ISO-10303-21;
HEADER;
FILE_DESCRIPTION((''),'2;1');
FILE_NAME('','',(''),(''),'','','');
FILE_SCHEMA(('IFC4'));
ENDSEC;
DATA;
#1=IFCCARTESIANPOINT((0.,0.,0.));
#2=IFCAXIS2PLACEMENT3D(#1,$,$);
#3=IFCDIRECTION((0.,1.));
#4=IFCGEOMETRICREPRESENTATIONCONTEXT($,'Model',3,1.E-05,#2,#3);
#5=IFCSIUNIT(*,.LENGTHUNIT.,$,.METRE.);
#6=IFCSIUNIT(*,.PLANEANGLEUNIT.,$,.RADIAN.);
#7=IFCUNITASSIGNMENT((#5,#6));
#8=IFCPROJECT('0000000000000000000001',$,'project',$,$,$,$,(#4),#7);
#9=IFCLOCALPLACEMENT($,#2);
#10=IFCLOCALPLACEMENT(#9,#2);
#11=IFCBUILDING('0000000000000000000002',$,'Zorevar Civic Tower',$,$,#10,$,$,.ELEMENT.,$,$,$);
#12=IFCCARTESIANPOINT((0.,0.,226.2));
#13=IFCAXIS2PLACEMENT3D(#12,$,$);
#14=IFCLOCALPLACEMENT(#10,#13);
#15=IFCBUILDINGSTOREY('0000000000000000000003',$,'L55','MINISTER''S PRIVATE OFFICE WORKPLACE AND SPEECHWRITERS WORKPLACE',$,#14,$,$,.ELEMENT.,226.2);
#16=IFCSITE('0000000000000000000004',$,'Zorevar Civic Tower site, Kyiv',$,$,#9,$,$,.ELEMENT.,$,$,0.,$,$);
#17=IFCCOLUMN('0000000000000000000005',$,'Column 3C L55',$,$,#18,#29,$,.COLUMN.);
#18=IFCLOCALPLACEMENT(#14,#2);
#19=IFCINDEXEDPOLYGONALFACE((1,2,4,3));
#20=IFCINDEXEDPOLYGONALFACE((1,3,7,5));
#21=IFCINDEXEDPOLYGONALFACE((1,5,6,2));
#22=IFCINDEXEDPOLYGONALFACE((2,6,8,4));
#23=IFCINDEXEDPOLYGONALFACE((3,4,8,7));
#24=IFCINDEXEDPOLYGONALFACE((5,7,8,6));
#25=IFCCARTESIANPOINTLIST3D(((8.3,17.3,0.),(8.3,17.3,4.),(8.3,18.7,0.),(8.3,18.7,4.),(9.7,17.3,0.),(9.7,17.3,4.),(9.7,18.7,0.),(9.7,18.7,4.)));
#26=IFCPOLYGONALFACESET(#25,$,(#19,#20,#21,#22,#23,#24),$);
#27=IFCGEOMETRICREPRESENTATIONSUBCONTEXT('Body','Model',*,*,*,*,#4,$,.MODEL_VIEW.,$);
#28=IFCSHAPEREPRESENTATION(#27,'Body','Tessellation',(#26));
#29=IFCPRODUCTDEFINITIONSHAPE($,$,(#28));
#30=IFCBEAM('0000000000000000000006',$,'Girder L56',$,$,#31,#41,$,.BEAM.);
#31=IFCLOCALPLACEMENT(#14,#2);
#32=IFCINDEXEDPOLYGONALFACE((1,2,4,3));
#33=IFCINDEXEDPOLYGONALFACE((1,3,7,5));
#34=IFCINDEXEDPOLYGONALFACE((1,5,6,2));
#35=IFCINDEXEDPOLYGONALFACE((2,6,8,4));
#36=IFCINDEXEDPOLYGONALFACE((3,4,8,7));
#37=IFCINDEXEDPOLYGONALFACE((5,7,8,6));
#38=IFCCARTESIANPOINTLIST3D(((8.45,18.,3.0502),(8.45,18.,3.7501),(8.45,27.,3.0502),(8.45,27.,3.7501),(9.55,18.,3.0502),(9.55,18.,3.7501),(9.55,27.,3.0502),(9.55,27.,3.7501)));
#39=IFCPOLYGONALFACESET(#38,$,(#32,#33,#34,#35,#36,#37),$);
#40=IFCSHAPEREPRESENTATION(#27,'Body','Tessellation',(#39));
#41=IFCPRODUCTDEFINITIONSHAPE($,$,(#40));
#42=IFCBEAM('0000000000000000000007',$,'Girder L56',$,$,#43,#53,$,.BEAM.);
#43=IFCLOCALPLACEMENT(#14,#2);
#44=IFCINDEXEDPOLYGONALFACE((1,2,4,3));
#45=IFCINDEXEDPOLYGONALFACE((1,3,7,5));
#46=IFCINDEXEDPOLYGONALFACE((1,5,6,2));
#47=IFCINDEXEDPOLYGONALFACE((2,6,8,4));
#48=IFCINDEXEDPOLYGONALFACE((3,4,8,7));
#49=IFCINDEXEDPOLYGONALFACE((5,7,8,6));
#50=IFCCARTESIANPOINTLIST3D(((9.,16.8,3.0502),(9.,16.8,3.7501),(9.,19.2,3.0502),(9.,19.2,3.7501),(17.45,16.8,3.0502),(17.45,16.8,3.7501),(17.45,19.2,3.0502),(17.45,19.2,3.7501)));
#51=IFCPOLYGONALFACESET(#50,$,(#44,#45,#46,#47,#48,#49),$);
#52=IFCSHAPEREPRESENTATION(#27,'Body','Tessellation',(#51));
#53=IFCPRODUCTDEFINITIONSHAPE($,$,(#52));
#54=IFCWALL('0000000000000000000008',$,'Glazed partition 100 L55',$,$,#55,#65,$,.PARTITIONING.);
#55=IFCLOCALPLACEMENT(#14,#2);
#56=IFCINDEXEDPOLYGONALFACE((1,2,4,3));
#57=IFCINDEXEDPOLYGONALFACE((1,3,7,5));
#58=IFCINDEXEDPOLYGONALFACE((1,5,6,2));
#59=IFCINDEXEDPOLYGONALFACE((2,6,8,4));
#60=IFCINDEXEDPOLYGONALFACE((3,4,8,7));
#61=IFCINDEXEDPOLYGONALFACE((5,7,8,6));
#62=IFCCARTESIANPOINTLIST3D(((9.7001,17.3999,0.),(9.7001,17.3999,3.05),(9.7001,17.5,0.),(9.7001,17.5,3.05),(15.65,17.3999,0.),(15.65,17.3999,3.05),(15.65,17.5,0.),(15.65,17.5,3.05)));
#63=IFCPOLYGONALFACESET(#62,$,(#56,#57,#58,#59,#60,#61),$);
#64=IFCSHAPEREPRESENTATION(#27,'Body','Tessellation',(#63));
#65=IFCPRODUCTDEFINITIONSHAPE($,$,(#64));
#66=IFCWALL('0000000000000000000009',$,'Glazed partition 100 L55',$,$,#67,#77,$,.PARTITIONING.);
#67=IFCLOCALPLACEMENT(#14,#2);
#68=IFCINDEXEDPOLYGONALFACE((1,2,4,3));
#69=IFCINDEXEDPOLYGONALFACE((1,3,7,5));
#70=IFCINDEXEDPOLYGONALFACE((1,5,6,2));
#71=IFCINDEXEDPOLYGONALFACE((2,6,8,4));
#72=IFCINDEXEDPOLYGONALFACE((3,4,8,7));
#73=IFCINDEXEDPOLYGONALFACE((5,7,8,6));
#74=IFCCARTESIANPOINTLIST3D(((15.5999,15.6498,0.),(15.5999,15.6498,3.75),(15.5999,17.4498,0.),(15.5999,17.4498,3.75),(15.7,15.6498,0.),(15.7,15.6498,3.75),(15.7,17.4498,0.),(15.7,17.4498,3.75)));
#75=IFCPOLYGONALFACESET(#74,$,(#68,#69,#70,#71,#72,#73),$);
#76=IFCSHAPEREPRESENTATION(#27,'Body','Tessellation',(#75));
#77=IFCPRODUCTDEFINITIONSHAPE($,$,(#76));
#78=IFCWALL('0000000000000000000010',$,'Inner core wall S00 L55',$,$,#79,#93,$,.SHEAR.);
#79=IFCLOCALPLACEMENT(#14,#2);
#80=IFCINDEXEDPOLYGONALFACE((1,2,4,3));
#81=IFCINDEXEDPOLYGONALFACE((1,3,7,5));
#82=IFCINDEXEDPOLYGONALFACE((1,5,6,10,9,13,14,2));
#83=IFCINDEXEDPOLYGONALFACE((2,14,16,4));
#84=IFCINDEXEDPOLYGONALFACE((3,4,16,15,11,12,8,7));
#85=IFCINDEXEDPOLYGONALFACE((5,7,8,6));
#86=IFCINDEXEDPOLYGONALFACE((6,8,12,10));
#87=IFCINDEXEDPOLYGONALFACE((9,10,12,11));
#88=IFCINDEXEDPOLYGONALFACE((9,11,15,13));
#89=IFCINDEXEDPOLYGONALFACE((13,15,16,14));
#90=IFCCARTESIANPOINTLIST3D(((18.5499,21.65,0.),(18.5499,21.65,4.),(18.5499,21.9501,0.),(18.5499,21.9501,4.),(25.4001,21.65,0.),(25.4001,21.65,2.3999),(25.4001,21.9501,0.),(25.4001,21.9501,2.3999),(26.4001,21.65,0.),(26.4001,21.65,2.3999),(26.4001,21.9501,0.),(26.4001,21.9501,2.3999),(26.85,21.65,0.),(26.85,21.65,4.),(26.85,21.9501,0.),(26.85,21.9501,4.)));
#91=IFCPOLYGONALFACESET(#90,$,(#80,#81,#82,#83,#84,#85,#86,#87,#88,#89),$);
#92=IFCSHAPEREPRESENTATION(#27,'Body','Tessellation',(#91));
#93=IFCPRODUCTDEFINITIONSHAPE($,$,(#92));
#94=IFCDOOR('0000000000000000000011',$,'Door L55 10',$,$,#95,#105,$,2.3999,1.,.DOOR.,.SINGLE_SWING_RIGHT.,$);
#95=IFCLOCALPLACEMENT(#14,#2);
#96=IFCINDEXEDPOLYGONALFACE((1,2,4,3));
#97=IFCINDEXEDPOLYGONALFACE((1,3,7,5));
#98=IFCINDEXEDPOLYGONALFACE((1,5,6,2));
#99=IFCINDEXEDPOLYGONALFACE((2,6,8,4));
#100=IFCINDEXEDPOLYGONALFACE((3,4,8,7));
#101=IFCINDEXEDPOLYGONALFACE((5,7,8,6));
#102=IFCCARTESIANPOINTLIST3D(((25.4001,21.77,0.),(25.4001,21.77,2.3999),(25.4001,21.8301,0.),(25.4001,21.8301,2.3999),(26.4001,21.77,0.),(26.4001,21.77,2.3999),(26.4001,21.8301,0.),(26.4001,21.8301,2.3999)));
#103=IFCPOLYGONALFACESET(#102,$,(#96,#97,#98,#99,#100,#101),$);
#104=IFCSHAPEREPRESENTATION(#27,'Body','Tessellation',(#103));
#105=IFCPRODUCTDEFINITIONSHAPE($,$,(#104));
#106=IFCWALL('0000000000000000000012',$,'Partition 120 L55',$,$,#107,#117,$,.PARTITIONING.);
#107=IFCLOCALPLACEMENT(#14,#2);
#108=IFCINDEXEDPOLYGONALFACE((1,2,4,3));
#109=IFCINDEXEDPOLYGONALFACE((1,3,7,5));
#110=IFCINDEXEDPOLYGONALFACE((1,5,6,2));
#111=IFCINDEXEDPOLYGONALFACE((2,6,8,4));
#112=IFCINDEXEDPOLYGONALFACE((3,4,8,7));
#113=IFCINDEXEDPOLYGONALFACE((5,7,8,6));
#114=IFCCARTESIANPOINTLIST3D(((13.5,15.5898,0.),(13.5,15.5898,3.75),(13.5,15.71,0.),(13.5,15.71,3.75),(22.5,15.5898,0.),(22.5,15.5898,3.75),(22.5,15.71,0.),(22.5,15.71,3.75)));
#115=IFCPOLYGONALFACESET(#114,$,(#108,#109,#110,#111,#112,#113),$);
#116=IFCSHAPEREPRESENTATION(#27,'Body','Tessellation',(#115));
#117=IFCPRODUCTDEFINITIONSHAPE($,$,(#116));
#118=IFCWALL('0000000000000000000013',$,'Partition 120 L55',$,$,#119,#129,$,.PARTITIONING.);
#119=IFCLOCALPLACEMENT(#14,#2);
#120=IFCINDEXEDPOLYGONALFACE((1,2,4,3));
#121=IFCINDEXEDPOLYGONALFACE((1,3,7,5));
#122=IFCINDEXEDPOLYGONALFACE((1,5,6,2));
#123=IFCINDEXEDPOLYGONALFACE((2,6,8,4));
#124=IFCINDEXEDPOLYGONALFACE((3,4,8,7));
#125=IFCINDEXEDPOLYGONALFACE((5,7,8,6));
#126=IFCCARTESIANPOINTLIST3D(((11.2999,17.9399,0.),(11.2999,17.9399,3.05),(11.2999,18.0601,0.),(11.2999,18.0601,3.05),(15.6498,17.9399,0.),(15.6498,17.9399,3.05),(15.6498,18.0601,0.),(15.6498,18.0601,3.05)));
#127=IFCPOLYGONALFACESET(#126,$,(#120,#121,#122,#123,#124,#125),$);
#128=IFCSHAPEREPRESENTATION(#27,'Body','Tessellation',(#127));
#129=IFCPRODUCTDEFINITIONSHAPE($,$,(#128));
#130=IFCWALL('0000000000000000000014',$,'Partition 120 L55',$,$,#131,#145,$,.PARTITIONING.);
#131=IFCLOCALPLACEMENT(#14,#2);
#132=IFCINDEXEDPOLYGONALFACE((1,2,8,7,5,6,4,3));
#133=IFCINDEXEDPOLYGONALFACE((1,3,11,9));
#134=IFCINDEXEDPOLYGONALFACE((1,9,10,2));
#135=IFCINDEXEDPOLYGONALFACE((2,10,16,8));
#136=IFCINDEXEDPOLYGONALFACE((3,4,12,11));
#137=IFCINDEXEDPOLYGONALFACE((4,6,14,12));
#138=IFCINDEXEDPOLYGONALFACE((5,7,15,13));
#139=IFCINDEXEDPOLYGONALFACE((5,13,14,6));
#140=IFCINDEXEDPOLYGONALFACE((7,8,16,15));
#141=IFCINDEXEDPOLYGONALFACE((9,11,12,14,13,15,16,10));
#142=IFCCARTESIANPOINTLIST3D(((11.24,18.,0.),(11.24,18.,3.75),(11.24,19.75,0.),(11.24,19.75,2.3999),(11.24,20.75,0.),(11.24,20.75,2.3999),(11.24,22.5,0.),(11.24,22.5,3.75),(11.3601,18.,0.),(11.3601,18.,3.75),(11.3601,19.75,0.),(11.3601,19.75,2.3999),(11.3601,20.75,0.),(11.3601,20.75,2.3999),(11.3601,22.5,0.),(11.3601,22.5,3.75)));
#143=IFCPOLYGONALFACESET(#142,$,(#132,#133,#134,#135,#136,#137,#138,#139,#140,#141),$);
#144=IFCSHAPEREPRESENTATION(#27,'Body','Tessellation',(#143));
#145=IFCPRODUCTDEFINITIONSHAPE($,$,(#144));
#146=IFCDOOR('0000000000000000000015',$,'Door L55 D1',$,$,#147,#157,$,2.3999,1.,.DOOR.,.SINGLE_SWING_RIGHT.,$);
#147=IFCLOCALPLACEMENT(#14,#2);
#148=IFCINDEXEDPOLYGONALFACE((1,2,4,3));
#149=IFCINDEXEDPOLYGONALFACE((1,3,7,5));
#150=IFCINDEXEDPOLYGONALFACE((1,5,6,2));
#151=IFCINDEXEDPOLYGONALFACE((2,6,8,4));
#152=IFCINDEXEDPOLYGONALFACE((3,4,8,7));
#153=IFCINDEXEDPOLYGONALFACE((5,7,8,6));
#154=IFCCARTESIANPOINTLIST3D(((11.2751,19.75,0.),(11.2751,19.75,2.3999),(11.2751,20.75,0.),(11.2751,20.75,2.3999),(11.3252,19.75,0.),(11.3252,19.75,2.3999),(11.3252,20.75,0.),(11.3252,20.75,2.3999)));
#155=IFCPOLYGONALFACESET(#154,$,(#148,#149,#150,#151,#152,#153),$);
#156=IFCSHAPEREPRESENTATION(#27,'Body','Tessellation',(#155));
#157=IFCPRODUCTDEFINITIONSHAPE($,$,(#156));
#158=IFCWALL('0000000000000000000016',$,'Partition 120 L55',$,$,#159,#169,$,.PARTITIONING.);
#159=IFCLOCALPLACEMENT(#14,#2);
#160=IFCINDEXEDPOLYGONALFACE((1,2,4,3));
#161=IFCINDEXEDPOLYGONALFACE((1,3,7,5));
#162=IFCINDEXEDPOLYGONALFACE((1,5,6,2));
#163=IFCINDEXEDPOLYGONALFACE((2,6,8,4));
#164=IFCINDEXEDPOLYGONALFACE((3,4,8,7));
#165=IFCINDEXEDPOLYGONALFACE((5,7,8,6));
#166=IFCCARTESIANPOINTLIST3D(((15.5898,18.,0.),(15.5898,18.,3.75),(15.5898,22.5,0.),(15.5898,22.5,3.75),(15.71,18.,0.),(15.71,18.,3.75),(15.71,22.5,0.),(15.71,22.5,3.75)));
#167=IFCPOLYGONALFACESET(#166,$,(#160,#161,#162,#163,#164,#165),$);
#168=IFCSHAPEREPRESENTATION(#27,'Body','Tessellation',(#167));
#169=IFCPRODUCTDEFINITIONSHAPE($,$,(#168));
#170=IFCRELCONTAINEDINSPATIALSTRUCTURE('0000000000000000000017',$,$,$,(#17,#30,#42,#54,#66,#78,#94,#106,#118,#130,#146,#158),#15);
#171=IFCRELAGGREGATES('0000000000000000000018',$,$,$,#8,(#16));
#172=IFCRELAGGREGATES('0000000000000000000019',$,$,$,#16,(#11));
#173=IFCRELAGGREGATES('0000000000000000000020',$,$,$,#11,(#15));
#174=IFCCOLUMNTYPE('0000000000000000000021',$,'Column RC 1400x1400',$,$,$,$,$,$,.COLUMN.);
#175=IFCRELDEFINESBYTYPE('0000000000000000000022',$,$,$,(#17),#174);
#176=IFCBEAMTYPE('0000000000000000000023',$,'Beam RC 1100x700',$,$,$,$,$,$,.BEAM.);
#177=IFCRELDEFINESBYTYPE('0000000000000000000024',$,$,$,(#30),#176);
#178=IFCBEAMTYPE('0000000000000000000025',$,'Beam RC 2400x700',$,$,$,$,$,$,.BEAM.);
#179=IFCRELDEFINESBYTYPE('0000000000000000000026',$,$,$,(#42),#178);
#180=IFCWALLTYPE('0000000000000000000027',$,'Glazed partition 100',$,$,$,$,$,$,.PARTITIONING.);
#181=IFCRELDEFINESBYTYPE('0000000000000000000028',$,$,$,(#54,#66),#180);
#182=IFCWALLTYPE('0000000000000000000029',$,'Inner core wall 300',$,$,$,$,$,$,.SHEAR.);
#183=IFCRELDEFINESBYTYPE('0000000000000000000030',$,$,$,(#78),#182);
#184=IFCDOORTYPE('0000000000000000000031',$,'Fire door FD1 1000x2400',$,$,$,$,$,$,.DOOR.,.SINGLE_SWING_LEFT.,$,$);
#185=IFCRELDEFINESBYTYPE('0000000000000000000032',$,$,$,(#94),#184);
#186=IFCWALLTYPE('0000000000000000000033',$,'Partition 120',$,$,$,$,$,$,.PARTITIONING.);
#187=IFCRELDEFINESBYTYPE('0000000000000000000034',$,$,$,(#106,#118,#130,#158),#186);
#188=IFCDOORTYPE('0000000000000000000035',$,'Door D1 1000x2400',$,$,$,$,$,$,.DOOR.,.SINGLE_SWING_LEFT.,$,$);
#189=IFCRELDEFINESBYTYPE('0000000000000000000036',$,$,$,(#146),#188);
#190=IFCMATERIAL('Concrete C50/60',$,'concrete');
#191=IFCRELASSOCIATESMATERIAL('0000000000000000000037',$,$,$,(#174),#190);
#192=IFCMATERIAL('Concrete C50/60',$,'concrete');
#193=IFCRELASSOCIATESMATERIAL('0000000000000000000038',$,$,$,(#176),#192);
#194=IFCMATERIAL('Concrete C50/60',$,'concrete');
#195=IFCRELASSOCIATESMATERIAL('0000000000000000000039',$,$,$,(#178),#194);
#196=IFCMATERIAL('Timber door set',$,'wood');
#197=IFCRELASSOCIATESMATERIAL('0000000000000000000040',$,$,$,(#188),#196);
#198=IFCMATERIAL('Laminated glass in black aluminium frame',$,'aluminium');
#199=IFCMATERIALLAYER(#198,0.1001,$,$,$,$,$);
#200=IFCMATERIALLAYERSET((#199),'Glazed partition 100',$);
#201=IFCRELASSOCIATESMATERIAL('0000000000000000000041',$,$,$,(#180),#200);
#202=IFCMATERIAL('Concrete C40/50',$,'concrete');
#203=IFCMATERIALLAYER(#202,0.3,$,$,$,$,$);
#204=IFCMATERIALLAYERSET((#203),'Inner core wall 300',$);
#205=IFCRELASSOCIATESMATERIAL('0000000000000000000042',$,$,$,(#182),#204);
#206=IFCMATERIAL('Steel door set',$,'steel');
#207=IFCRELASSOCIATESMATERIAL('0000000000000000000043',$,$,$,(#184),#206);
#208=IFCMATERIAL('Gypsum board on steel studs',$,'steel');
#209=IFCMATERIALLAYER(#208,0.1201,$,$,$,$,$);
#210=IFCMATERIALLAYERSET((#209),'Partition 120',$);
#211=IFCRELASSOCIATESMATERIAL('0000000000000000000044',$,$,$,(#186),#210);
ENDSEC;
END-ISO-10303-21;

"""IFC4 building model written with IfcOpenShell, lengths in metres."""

from ifc_helpers import new_model, si_unit, direction, frame, frame_2d, origin, origin_2d, place, context, subcontext, project, spatial, rectangle, extrude, material, layer, layer_set, material_profile, profile_set, type_object, element, fill, save


model = new_model("IFC4")

# Units and contexts
model_context = context("Model", 3, precision=1e-05, world=origin(), true_north=direction((0.0, 1.0)))
body_context = subcontext(model_context, "Body", "Model", "MODEL_VIEW")
ifc_project = project(units=[si_unit("LENGTHUNIT", "METRE"), si_unit("PLANEANGLEUNIT", "RADIAN")], contexts=[model_context])

# Site, building, storey
site_placement = place(None, origin())
site = spatial("IfcSite", under=ifc_project, at=site_placement, Name="Zorevar Civic Tower site, Kyiv", CompositionType="ELEMENT", RefElevation=0.0)
building_placement = place(site_placement, origin())
building = spatial("IfcBuilding", under=site, at=building_placement, Name="Zorevar Civic Tower", CompositionType="ELEMENT")
storey_placement = place(building_placement, frame((0.0, 0.0, 226.2)))
storey = spatial("IfcBuildingStorey", under=building, at=storey_placement, Name="L55", Description="MINISTER'S PRIVATE OFFICE WORKPLACE AND SPEECHWRITERS WORKPLACE", CompositionType="ELEMENT", Elevation=226.2)

# Column
ifc_material_1 = material(Name="Concrete C50/60", Category="concrete")
ifc_material_profile_1 = material_profile(ifc_material_1, rectangle(XDim=1.3999, YDim=1.3999, at=origin_2d()), Name="RC 1400x1400")
ifc_profile_set_1 = profile_set([ifc_material_profile_1], Name="Concrete C50/60")
column_type = type_object("IfcColumnType", Name="Column RC 1400x1400", PredefinedType="COLUMN", material=ifc_profile_set_1)
column_placement = place(storey_placement, frame((9.0, 18.0, 0.0), z_axis=(0.0, 0.0, 1.0), x_axis=(1.0, 0.0, 0.0)))
element("IfcColumn", 1, at=column_placement, inside=storey, type_object=column_type, Name="Column 3C L55", PredefinedType="COLUMN", context=body_context, shape_type="SweptSolid", body=[
    extrude(rectangle(XDim=1.3999, YDim=1.3999, at=origin_2d()), origin(), (0.0, 0.0, 1.0), 4.0),
])

# Beams
ifc_material_2 = material(Name="Concrete C50/60", Category="concrete")
ifc_material_profile_2 = material_profile(ifc_material_2, rectangle(XDim=1.1001, YDim=0.7, at=origin_2d()), Name="RC 1100x700")
ifc_profile_set_2 = profile_set([ifc_material_profile_2], Name="Concrete C50/60")
beam_type_1 = type_object("IfcBeamType", Name="Beam RC 1100x700", PredefinedType="BEAM", material=ifc_profile_set_2)
beam_1_placement = place(storey_placement, frame((9.0, 18.0, 3.4001), z_axis=(0.0, 1.0, 0.0), x_axis=(-1.0, 0.0, 0.0)))
element("IfcBeam", 2, at=beam_1_placement, inside=storey, type_object=beam_type_1, Name="Girder L56", PredefinedType="BEAM", context=body_context, shape_type="SweptSolid", body=[
    extrude(rectangle(XDim=1.1001, YDim=0.7, at=origin_2d()), origin(), (0.0, 0.0, 1.0), 9.0),
])
ifc_material_3 = material(Name="Concrete C50/60", Category="concrete")
ifc_material_profile_3 = material_profile(ifc_material_3, rectangle(XDim=2.3999, YDim=0.7, at=origin_2d()), Name="RC 2400x700")
ifc_profile_set_3 = profile_set([ifc_material_profile_3], Name="Concrete C50/60")
beam_type_2 = type_object("IfcBeamType", Name="Beam RC 2400x700", PredefinedType="BEAM", material=ifc_profile_set_3)
beam_2_placement = place(storey_placement, frame((9.0, 18.0, 3.4001), z_axis=(1.0, 0.0, 0.0), x_axis=(0.0, 1.0, 0.0)))
element("IfcBeam", 3, at=beam_2_placement, inside=storey, type_object=beam_type_2, Name="Girder L56", PredefinedType="BEAM", context=body_context, shape_type="SweptSolid", body=[
    extrude(rectangle(XDim=2.3999, YDim=0.7, at=origin_2d()), origin(), (0.0, 0.0, 1.0), 8.45),
])

# Shared definitions
ifc_material_4 = material(Name="Timber door set", Category="wood")
door_type_1 = type_object("IfcDoorType", Name="Door D1 1000x2400", OperationType="SINGLE_SWING_LEFT", PredefinedType="DOOR", material=ifc_material_4)

# Walls
ifc_material_5 = material(Name="Laminated glass in black aluminium frame", Category="aluminium")
ifc_layer_1 = layer(ifc_material_5, 0.1001)
ifc_layer_set_1 = layer_set([ifc_layer_1], Name="Glazed partition 100")
wall_type_1 = type_object("IfcWallType", Name="Glazed partition 100", PredefinedType="PARTITIONING", material=ifc_layer_set_1)
wall_1_placement = place(storey_placement, frame((9.7, 17.45, 0.0), z_axis=(0.0, 0.0, 1.0), x_axis=(1.0, 0.0, 0.0)))
element("IfcWall", 4, at=wall_1_placement, inside=storey, type_object=wall_type_1, Name="Glazed partition 100 L55", PredefinedType="PARTITIONING", context=body_context, shape_type="SweptSolid", body=[
    extrude(rectangle(XDim=5.95, YDim=0.1001, at=frame_2d((2.9751, 0.0))), origin(), (0.0, 0.0, 1.0), 3.05),
])
wall_2_placement = place(storey_placement, frame((15.6499, 15.6499, 0.0), z_axis=(0.0, 0.0, 1.0), x_axis=(0.0, 1.0, 0.0)))
element("IfcWall", 5, at=wall_2_placement, inside=storey, type_object=wall_type_1, Name="Glazed partition 100 L55", PredefinedType="PARTITIONING", context=body_context, shape_type="SweptSolid", body=[
    extrude(rectangle(XDim=1.8, YDim=0.1001, at=frame_2d((0.8999, 0.0))), origin(), (0.0, 0.0, 1.0), 3.75),
])

# Wall, opening, door
ifc_material_6 = material(Name="Concrete C40/50", Category="concrete")
ifc_layer_2 = layer(ifc_material_6, 0.3)
ifc_layer_set_2 = layer_set([ifc_layer_2], Name="Inner core wall 300")
wall_type_2 = type_object("IfcWallType", Name="Inner core wall 300", PredefinedType="SHEAR", material=ifc_layer_set_2)
wall_3_placement = place(storey_placement, frame((18.55, 21.8, 0.0), z_axis=(0.0, 0.0, 1.0), x_axis=(1.0, 0.0, 0.0)))
wall_3 = element("IfcWall", 6, at=wall_3_placement, inside=storey, type_object=wall_type_2, Name="Inner core wall S00 L55", PredefinedType="SHEAR", context=body_context, shape_type="SweptSolid", body=[
    extrude(rectangle(XDim=8.3, YDim=0.3, at=frame_2d((4.1499, 0.0))), origin(), (0.0, 0.0, 1.0), 4.0),
])
opening_1_placement = place(wall_3_placement, frame((6.8501, 0.0, 0.0)))
opening_1 = element("IfcOpeningElement", 7, at=opening_1_placement, cuts=wall_3, PredefinedType="OPENING", context=body_context, shape_type="SweptSolid", body=[
    extrude(rectangle(XDim=1.0, YDim=2.3999, at=frame_2d((0.5, 1.2))), frame((0.0, 0.1599, 0.0), z_axis=(0.0, -1.0, 0.0), x_axis=(1.0, 0.0, 0.0)), (0.0, 0.0, 1.0), 0.3201),
])
ifc_material_7 = material(Name="Steel door set", Category="steel")
door_type_2 = type_object("IfcDoorType", Name="Fire door FD1 1000x2400", OperationType="SINGLE_SWING_LEFT", PredefinedType="DOOR", material=ifc_material_7)
door_1_placement = place(opening_1_placement, origin())
door_1 = element("IfcDoor", 8, at=door_1_placement, inside=storey, type_object=door_type_2, Name="Door L55 10", OperationType="SINGLE_SWING_RIGHT", OverallHeight=2.3999, OverallWidth=1.0, PredefinedType="DOOR", context=body_context, shape_type="SweptSolid", body=[
    extrude(rectangle(XDim=1.0, YDim=2.3999, at=frame_2d((0.5, 1.2))), frame((0.0, 0.03, 0.0), z_axis=(0.0, -1.0, 0.0), x_axis=(1.0, 0.0, 0.0)), (0.0, 0.0, 1.0), 0.0601),
])
fill(opening_1, door_1)

# Walls
ifc_material_8 = material(Name="Gypsum board on steel studs", Category="steel")
ifc_layer_3 = layer(ifc_material_8, 0.1201)
ifc_layer_set_3 = layer_set([ifc_layer_3], Name="Partition 120")
wall_type_3 = type_object("IfcWallType", Name="Partition 120", PredefinedType="PARTITIONING", material=ifc_layer_set_3)
wall_4_placement = place(storey_placement, frame((13.5, 15.6499, 0.0), z_axis=(0.0, 0.0, 1.0), x_axis=(1.0, 0.0, 0.0)))
element("IfcWall", 9, at=wall_4_placement, inside=storey, type_object=wall_type_3, Name="Partition 120 L55", PredefinedType="PARTITIONING", context=body_context, shape_type="SweptSolid", body=[
    extrude(rectangle(XDim=9.0, YDim=0.1201, at=frame_2d((4.5, 0.0))), origin(), (0.0, 0.0, 1.0), 3.75),
])
wall_5_placement = place(storey_placement, frame((11.3, 18.0, 0.0), z_axis=(0.0, 0.0, 1.0), x_axis=(1.0, 0.0, 0.0)))
element("IfcWall", 10, at=wall_5_placement, inside=storey, type_object=wall_type_3, Name="Partition 120 L55", PredefinedType="PARTITIONING", context=body_context, shape_type="SweptSolid", body=[
    extrude(rectangle(XDim=4.3499, YDim=0.1201, at=frame_2d((2.1748, 0.0))), origin(), (0.0, 0.0, 1.0), 3.05),
])

# Wall, opening, door
wall_6_placement = place(storey_placement, frame((11.3, 18.0, 0.0), z_axis=(0.0, 0.0, 1.0), x_axis=(0.0, 1.0, 0.0)))
wall_6 = element("IfcWall", 11, at=wall_6_placement, inside=storey, type_object=wall_type_3, Name="Partition 120 L55", PredefinedType="PARTITIONING", context=body_context, shape_type="SweptSolid", body=[
    extrude(rectangle(XDim=4.5, YDim=0.1201, at=frame_2d((2.25, 0.0))), origin(), (0.0, 0.0, 1.0), 3.75),
])
opening_2_placement = place(wall_6_placement, frame((1.75, 0.0, 0.0)))
opening_2 = element("IfcOpeningElement", 12, at=opening_2_placement, cuts=wall_6, PredefinedType="OPENING", context=body_context, shape_type="SweptSolid", body=[
    extrude(rectangle(XDim=1.0, YDim=2.3999, at=frame_2d((0.5, 1.2))), frame((0.0, 0.0701, 0.0), z_axis=(0.0, -1.0, 0.0), x_axis=(1.0, 0.0, 0.0)), (0.0, 0.0, 1.0), 0.1401),
])
door_2_placement = place(opening_2_placement, origin())
door_2 = element("IfcDoor", 13, at=door_2_placement, inside=storey, type_object=door_type_1, Name="Door L55 D1", OperationType="SINGLE_SWING_RIGHT", OverallHeight=2.3999, OverallWidth=1.0, PredefinedType="DOOR", context=body_context, shape_type="SweptSolid", body=[
    extrude(rectangle(XDim=1.0, YDim=2.3999, at=frame_2d((0.5, 1.2))), frame((0.0, 0.0249, 0.0), z_axis=(0.0, -1.0, 0.0), x_axis=(1.0, 0.0, 0.0)), (0.0, 0.0, 1.0), 0.05),
])
fill(opening_2, door_2)

# Wall
wall_7_placement = place(storey_placement, frame((15.6499, 18.0, 0.0), z_axis=(0.0, 0.0, 1.0), x_axis=(0.0, 1.0, 0.0)))
element("IfcWall", 14, at=wall_7_placement, inside=storey, type_object=wall_type_3, Name="Partition 120 L55", PredefinedType="PARTITIONING", context=body_context, shape_type="SweptSolid", body=[
    extrude(rectangle(XDim=4.5, YDim=0.1201, at=frame_2d((2.25, 0.0))), origin(), (0.0, 0.0, 1.0), 3.75),
])

save(model, "model.ifc")
